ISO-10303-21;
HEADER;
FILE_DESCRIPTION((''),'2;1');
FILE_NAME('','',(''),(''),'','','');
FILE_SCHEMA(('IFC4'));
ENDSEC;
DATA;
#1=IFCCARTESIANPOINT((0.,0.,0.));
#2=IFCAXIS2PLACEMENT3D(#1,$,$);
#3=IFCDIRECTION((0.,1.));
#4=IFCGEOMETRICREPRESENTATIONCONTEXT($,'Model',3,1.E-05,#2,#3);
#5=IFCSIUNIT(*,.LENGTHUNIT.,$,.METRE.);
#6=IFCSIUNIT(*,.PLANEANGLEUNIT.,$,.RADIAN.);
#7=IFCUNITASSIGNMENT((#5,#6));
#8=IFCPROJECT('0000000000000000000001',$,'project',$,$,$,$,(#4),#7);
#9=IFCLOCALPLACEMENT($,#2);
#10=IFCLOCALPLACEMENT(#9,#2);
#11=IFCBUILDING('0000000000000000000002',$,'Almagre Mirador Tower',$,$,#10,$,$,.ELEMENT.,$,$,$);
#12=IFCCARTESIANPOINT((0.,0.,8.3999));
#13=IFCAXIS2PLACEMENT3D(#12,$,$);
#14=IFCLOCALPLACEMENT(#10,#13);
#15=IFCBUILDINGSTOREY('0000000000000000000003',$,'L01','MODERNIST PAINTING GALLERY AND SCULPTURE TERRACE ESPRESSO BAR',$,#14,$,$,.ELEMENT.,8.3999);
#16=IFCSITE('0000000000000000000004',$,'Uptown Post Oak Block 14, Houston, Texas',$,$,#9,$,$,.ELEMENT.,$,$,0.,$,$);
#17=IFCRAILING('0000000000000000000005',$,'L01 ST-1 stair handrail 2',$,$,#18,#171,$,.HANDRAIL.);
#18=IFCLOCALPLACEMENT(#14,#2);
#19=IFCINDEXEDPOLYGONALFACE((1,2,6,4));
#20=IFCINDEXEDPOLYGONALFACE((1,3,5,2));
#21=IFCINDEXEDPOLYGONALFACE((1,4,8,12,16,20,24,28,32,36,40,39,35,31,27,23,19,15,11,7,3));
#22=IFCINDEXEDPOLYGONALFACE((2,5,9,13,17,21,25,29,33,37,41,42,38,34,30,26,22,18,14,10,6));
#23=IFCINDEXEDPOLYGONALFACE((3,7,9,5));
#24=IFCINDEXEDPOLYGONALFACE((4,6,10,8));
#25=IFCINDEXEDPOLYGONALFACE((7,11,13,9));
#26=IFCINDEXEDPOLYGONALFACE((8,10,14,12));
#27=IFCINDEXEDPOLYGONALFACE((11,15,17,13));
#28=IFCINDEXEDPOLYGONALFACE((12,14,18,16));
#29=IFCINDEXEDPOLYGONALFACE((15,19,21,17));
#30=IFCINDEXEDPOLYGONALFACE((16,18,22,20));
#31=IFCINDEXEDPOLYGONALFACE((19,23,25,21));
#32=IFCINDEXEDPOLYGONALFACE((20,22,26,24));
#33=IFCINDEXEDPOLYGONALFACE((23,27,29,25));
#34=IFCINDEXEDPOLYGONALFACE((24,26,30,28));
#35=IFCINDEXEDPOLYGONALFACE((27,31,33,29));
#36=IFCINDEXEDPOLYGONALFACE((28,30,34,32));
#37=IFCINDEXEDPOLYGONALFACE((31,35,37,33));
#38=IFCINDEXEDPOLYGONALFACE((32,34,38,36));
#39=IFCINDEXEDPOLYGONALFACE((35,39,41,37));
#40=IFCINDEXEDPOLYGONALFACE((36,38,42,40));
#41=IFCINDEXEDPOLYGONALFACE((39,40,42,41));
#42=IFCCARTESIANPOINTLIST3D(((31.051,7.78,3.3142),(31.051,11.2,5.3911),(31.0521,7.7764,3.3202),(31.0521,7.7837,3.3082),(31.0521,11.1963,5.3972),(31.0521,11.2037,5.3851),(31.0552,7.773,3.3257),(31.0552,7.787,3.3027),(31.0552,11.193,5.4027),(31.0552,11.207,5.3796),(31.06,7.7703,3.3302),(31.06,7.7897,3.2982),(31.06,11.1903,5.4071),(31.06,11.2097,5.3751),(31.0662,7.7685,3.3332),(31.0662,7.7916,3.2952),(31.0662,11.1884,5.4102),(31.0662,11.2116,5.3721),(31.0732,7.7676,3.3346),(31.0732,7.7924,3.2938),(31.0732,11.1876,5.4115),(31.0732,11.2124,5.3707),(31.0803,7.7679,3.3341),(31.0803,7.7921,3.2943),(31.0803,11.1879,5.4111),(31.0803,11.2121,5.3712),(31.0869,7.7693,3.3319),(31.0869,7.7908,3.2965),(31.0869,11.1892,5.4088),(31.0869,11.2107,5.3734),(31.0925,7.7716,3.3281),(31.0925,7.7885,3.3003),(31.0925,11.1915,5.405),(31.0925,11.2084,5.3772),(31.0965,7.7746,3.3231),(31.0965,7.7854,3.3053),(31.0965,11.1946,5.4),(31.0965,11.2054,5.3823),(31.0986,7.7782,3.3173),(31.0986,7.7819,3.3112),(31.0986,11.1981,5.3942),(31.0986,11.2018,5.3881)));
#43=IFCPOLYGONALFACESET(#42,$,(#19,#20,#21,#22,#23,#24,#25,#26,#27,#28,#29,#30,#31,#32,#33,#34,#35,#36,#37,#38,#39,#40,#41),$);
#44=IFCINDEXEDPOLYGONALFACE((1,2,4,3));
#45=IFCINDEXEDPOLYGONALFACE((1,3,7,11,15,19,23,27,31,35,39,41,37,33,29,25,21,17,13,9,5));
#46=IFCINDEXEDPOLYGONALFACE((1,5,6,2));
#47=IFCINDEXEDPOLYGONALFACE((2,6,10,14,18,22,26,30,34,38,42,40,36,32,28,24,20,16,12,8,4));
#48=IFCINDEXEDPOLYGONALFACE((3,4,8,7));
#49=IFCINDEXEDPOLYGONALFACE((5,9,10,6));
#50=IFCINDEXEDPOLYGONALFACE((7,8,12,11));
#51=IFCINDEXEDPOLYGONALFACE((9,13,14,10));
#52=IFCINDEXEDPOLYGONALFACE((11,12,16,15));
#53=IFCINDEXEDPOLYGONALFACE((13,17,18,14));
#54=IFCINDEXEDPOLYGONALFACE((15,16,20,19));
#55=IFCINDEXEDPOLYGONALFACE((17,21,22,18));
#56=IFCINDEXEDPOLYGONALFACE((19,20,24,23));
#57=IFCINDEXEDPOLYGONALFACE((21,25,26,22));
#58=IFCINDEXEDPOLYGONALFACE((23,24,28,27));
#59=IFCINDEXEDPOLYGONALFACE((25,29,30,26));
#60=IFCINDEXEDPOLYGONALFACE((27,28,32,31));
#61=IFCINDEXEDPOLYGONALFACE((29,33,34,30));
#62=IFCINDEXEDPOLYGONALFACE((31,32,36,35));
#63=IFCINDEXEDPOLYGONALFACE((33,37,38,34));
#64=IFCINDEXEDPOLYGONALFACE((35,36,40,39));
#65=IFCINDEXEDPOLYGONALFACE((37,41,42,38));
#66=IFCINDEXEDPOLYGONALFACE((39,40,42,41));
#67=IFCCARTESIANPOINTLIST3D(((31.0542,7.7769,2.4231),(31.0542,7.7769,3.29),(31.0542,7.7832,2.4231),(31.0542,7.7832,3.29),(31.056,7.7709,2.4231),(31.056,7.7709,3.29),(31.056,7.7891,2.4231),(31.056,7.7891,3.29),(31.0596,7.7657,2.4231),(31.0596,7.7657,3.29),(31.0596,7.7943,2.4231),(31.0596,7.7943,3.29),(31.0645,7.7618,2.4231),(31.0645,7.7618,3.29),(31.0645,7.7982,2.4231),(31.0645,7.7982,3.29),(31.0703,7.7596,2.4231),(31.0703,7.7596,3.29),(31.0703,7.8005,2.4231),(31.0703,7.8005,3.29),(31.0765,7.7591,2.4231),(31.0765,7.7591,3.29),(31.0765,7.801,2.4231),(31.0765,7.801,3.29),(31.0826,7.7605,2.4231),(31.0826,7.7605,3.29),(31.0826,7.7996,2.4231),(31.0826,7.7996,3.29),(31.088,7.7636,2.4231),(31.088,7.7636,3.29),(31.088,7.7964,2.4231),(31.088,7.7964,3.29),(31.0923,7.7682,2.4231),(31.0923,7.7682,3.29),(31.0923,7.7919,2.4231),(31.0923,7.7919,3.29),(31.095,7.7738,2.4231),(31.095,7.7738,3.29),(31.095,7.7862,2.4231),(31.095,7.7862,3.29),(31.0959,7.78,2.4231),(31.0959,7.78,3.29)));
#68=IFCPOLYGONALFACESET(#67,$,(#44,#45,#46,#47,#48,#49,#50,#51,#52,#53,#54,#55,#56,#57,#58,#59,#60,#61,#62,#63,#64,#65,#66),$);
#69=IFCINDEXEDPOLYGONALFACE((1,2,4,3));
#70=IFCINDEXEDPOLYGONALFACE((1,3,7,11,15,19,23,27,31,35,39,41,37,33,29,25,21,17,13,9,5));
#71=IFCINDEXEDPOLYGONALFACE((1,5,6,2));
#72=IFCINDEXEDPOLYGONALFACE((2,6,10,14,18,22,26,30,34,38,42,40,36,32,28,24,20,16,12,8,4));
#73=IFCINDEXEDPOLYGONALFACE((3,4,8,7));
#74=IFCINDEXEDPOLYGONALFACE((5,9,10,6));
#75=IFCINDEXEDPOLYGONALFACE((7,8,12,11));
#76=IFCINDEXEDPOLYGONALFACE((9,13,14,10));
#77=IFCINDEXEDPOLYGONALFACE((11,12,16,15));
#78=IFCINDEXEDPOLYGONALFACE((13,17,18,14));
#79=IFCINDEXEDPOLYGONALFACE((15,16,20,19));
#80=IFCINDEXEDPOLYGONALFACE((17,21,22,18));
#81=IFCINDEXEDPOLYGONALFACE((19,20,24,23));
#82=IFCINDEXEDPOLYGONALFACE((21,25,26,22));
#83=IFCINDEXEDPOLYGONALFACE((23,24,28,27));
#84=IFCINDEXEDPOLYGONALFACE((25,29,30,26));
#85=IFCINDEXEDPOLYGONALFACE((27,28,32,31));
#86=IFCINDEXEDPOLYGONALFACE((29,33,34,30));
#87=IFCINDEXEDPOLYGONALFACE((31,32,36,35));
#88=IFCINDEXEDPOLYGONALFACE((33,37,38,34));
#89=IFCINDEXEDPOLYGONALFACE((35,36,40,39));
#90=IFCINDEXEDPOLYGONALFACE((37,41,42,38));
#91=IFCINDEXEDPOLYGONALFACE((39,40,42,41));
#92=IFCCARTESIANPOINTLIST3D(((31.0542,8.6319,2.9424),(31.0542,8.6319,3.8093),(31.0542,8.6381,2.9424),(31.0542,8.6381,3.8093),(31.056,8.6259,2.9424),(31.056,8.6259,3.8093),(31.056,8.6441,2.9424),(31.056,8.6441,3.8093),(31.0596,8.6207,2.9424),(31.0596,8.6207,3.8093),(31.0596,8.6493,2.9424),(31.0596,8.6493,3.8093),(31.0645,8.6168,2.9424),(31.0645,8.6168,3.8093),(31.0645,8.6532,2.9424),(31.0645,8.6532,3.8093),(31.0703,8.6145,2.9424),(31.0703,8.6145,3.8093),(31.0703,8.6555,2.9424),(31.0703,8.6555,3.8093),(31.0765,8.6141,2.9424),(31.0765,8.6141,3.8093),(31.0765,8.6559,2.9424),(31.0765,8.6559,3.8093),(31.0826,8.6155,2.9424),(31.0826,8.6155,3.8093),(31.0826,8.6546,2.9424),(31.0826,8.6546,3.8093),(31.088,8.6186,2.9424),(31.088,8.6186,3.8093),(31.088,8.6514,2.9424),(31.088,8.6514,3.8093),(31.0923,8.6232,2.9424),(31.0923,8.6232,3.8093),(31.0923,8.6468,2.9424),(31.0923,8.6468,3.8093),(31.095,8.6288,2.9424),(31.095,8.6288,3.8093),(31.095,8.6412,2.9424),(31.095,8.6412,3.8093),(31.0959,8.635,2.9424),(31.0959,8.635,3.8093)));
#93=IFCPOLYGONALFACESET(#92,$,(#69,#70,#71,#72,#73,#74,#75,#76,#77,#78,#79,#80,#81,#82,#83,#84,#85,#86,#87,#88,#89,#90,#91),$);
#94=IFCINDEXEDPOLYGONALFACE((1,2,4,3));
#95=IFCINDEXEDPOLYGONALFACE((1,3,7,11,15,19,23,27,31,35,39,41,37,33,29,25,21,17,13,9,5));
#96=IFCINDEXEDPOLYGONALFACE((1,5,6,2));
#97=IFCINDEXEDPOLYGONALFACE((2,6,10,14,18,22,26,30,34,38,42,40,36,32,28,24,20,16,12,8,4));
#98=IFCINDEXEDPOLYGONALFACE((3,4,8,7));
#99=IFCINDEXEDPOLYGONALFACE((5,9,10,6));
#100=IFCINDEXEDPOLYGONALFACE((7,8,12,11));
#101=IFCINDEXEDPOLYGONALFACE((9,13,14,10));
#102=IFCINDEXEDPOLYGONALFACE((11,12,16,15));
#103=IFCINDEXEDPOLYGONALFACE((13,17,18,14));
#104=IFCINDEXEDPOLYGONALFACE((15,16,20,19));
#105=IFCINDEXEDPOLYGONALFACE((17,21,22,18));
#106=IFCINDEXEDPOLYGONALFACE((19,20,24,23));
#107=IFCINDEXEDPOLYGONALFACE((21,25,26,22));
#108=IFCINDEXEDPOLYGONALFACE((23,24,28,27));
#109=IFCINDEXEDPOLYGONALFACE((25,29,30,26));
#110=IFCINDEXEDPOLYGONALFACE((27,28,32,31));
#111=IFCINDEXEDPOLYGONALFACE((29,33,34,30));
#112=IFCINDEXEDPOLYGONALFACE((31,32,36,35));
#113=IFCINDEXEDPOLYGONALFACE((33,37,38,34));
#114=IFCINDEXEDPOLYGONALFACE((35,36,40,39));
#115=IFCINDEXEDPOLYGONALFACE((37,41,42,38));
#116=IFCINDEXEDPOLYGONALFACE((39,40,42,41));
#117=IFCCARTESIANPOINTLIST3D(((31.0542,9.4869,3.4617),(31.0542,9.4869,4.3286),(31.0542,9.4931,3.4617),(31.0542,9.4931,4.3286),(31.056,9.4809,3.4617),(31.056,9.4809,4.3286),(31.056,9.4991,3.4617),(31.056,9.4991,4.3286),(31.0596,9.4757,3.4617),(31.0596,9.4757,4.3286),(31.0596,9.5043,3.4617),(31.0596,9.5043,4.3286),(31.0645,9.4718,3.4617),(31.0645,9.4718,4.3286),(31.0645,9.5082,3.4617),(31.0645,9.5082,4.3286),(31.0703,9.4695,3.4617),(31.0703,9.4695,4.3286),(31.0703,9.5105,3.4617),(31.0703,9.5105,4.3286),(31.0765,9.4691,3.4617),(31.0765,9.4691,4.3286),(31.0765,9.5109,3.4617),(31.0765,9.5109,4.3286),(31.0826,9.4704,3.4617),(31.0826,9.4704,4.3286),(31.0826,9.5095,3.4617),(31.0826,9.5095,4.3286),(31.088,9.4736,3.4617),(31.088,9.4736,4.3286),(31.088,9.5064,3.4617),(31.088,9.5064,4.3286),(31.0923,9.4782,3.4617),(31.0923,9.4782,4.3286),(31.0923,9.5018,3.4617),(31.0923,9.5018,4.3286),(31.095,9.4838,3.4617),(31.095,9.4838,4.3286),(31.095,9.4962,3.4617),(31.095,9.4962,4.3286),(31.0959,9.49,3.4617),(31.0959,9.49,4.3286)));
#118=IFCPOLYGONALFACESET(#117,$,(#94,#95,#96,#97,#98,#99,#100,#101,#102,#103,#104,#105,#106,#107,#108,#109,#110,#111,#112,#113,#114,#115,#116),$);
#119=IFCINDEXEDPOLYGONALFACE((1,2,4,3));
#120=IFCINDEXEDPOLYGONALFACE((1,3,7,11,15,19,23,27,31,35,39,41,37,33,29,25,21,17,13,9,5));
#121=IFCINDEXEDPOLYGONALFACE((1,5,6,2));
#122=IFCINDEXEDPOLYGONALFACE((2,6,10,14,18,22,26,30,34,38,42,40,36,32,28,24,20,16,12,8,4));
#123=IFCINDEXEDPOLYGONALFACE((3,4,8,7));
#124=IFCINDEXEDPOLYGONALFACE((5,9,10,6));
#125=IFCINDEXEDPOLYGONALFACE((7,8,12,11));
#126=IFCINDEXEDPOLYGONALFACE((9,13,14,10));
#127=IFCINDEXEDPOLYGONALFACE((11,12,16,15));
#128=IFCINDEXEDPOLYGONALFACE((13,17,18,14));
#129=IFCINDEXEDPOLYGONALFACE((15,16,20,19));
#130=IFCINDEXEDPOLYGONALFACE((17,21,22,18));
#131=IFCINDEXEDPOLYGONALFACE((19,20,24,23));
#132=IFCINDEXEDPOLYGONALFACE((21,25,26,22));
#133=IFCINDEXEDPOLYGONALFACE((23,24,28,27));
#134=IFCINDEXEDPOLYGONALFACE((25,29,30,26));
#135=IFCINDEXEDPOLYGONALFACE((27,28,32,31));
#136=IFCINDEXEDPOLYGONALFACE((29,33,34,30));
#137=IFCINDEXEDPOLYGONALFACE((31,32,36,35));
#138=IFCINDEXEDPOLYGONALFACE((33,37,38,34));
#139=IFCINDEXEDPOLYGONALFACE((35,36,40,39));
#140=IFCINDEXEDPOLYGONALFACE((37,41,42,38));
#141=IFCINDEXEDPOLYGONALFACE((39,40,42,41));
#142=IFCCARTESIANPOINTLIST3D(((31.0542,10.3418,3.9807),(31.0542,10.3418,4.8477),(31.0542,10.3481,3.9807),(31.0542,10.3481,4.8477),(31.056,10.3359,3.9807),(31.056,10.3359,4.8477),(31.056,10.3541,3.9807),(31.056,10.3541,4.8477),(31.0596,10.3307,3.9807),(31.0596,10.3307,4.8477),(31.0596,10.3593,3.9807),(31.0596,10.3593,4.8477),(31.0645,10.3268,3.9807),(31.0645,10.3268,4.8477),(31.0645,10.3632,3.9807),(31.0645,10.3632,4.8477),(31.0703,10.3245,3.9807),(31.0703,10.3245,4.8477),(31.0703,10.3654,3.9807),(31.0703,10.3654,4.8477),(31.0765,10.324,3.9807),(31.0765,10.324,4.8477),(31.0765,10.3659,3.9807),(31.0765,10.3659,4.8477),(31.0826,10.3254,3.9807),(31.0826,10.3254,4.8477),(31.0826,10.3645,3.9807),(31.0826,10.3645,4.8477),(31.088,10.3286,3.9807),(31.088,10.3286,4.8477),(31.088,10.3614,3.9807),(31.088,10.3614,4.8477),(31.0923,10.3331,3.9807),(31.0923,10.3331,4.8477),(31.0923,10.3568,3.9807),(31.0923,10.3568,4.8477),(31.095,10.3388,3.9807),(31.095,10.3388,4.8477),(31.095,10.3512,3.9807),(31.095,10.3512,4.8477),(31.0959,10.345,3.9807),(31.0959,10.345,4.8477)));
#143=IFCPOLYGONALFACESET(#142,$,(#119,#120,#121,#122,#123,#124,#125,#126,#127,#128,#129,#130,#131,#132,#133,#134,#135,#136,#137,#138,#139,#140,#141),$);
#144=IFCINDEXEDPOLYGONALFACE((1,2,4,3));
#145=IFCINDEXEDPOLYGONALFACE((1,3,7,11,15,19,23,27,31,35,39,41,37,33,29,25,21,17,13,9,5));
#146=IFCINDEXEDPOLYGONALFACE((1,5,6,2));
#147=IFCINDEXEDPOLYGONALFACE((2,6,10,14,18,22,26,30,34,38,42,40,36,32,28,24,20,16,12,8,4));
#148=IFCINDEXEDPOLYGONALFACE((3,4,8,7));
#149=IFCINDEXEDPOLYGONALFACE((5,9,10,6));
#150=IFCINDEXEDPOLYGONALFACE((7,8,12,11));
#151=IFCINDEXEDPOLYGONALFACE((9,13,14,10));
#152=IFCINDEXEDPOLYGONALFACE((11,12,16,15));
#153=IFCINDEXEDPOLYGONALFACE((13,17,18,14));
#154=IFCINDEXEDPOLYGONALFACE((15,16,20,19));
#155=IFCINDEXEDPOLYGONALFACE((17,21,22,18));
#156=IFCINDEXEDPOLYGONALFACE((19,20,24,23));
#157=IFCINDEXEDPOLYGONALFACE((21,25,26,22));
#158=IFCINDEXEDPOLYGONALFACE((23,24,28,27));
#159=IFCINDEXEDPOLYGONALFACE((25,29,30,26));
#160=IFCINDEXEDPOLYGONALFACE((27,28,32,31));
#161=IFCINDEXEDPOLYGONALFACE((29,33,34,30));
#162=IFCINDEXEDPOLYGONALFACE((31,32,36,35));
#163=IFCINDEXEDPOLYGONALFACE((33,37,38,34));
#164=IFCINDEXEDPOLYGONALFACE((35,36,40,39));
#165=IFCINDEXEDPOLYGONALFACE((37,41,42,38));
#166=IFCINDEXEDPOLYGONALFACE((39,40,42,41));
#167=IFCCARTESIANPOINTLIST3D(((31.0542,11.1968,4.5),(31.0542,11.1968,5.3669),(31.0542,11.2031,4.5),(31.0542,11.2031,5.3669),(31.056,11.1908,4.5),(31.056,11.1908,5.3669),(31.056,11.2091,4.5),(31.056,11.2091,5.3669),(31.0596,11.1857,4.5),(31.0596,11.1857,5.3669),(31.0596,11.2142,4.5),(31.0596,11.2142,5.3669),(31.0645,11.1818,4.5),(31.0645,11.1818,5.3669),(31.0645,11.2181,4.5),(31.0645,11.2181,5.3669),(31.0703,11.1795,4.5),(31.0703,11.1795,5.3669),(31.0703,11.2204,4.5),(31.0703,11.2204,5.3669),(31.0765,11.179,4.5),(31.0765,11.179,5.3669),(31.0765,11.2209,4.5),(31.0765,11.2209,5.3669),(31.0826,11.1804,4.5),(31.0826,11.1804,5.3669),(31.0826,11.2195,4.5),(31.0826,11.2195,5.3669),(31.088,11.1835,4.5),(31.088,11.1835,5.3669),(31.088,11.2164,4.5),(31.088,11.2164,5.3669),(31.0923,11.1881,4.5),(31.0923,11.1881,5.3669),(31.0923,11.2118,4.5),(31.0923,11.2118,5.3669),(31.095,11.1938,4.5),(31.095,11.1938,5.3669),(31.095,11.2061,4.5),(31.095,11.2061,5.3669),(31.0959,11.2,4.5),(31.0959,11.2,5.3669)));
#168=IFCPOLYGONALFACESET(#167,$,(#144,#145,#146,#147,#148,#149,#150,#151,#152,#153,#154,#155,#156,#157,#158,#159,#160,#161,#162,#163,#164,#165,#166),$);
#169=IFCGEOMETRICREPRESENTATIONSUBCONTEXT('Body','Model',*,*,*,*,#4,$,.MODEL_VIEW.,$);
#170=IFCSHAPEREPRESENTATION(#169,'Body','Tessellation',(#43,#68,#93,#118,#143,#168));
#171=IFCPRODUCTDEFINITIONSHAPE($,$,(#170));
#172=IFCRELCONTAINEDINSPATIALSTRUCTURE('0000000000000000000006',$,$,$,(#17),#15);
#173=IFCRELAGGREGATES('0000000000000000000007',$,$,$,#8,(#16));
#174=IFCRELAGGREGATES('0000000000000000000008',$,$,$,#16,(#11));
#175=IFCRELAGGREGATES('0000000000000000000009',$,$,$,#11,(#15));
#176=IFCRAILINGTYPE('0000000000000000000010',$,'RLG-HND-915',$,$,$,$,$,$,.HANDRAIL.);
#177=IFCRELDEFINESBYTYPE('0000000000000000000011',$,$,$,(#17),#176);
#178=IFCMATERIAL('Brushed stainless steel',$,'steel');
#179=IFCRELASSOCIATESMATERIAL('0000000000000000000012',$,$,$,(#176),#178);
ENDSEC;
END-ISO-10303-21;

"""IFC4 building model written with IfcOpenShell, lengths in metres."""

from ifc_helpers import new_model, si_unit, direction, frame, origin, origin_2d, place, context, subcontext, project, spatial, circle, extrude, material, type_object, element, save


model = new_model("IFC4")

# Units and contexts
model_context = context("Model", 3, precision=1e-05, world=origin(), true_north=direction((0.0, 1.0)))
body_context = subcontext(model_context, "Body", "Model", "MODEL_VIEW")
ifc_project = project(units=[si_unit("LENGTHUNIT", "METRE"), si_unit("PLANEANGLEUNIT", "RADIAN")], contexts=[model_context])

# Site, building, storey
site_placement = place(None, origin())
site = spatial("IfcSite", under=ifc_project, at=site_placement, Name="Uptown Post Oak Block 14, Houston, Texas", CompositionType="ELEMENT", RefElevation=0.0)
building_placement = place(site_placement, origin())
building = spatial("IfcBuilding", under=site, at=building_placement, Name="Almagre Mirador Tower", CompositionType="ELEMENT")
storey_placement = place(building_placement, frame((0.0, 0.0, 8.3999)))
storey = spatial("IfcBuildingStorey", under=building, at=storey_placement, Name="L01", Description="MODERNIST PAINTING GALLERY AND SCULPTURE TERRACE ESPRESSO BAR", CompositionType="ELEMENT", Elevation=8.3999)

# Railing
ifc_material_1 = material(Name="Brushed stainless steel", Category="steel")
railing_type_1 = type_object("IfcRailingType", Name="RLG-HND-915", PredefinedType="HANDRAIL", material=ifc_material_1)
railing_1_placement = place(storey_placement, frame((31.075, 7.78, 2.4231)))
element("IfcRailing", 1, at=railing_1_placement, inside=storey, type_object=railing_type_1, Name="L01 ST-1 stair handrail 2", PredefinedType="HANDRAIL", context=body_context, shape_type="SweptSolid", body=[
    extrude(circle(Radius=0.0239, at=origin_2d()), frame((0.0, 0.0, 0.8911), z_axis=(0.0, 0.85473, 0.519074), x_axis=(-1.0, 0.0, 0.0)), (0.0, 0.0, 1.0), 4.0012),
    extrude(circle(Radius=0.021, at=origin_2d()), origin(), (0.0, 0.0, 1.0), 0.8669),
    extrude(circle(Radius=0.021, at=origin_2d()), frame((0.0, 0.855, 0.5193)), (0.0, 0.0, 1.0), 0.8669),
    extrude(circle(Radius=0.021, at=origin_2d()), frame((0.0, 1.71, 1.0386)), (0.0, 0.0, 1.0), 0.8669),
    extrude(circle(Radius=0.021, at=origin_2d()), frame((0.0, 2.5649, 1.5576)), (0.0, 0.0, 1.0), 0.8669),
    extrude(circle(Radius=0.021, at=origin_2d()), frame((0.0, 3.4199, 2.0769)), (0.0, 0.0, 1.0), 0.8669),
])

save(model, "model.ifc")
